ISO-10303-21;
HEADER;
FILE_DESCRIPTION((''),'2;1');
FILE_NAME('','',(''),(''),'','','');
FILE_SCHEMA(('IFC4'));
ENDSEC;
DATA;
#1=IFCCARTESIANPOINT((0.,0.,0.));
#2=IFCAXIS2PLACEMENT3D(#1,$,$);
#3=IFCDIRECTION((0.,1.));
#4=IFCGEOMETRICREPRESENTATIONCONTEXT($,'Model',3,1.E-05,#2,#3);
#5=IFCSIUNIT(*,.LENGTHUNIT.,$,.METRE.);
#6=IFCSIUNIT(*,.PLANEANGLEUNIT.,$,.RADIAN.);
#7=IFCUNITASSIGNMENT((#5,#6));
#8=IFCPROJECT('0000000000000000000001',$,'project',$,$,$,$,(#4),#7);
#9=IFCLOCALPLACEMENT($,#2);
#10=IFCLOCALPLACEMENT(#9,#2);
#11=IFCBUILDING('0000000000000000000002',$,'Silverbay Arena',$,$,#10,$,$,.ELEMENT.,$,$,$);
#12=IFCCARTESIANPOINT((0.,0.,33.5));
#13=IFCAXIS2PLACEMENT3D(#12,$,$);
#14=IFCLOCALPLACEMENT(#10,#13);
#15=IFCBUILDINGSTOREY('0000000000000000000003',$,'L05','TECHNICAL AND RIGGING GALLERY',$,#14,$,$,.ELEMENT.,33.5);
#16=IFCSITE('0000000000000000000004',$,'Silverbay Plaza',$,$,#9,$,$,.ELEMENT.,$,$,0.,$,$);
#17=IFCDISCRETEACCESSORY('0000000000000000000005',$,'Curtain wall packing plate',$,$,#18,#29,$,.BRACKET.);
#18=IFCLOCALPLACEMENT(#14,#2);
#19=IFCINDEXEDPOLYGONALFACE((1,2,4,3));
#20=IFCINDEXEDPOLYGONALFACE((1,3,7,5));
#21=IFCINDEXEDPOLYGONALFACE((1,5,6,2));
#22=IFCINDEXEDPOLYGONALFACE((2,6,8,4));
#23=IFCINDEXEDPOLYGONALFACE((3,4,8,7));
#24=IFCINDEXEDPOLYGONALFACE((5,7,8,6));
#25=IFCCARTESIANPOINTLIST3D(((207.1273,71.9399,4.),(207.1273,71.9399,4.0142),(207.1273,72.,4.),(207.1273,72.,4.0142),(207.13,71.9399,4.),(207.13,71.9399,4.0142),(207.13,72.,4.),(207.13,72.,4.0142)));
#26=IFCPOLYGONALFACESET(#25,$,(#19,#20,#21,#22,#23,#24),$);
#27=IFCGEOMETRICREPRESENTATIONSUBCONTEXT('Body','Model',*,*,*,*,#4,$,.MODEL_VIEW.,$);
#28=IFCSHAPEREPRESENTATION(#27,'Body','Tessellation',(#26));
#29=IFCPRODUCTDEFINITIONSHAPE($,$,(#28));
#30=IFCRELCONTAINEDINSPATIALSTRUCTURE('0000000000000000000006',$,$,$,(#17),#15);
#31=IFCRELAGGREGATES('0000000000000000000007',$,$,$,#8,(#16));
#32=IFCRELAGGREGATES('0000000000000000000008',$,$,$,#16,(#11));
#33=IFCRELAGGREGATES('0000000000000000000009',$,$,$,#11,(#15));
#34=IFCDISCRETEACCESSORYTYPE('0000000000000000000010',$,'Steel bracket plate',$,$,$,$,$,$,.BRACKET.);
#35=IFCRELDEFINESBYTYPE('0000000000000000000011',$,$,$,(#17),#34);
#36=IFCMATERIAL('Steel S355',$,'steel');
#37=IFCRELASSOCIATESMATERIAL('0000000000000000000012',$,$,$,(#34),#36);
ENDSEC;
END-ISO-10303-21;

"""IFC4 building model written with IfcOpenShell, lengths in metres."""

from ifc_helpers import new_model, si_unit, direction, frame, origin, origin_2d, place, context, subcontext, project, spatial, rectangle, extrude, material, type_object, element, save


model = new_model("IFC4")

# Units and contexts
model_context = context("Model", 3, precision=1e-05, world=origin(), true_north=direction((0.0, 1.0)))
body_context = subcontext(model_context, "Body", "Model", "MODEL_VIEW")
ifc_project = project(units=[si_unit("LENGTHUNIT", "METRE"), si_unit("PLANEANGLEUNIT", "RADIAN")], contexts=[model_context])

# Site, building, storey
site_placement = place(None, origin())
site = spatial("IfcSite", under=ifc_project, at=site_placement, Name="Silverbay Plaza", CompositionType="ELEMENT", RefElevation=0.0)
building_placement = place(site_placement, origin())
building = spatial("IfcBuilding", under=site, at=building_placement, Name="Silverbay Arena", CompositionType="ELEMENT")
storey_placement = place(building_placement, frame((0.0, 0.0, 33.5)))
storey = spatial("IfcBuildingStorey", under=building, at=storey_placement, Name="L05", Description="TECHNICAL AND RIGGING GALLERY", CompositionType="ELEMENT", Elevation=33.5)

# Discrete accessory
ifc_material_1 = material(Name="Steel S355", Category="steel")
discrete_accessory_type = type_object("IfcDiscreteAccessoryType", Name="Steel bracket plate", PredefinedType="BRACKET", material=ifc_material_1)
for number, where, z_axis, x_axis, name in (
    (1, (207.1287, 71.97, 4.0), (0.0, 0.0, 1.0), (1.0, 0.0, 0.0), "Curtain wall packing plate"),
):
    element("IfcDiscreteAccessory", number, at=place(storey_placement, frame(where, z_axis=z_axis, x_axis=x_axis)), inside=storey, type_object=discrete_accessory_type, Name=name, PredefinedType="BRACKET", context=body_context, shape_type="SweptSolid", body=[
        extrude(rectangle(XDim=0.0027, YDim=0.0601, at=origin_2d()), origin(), (0.0, 0.0, 1.0), 0.0142),
    ])

save(model, "model.ifc")
